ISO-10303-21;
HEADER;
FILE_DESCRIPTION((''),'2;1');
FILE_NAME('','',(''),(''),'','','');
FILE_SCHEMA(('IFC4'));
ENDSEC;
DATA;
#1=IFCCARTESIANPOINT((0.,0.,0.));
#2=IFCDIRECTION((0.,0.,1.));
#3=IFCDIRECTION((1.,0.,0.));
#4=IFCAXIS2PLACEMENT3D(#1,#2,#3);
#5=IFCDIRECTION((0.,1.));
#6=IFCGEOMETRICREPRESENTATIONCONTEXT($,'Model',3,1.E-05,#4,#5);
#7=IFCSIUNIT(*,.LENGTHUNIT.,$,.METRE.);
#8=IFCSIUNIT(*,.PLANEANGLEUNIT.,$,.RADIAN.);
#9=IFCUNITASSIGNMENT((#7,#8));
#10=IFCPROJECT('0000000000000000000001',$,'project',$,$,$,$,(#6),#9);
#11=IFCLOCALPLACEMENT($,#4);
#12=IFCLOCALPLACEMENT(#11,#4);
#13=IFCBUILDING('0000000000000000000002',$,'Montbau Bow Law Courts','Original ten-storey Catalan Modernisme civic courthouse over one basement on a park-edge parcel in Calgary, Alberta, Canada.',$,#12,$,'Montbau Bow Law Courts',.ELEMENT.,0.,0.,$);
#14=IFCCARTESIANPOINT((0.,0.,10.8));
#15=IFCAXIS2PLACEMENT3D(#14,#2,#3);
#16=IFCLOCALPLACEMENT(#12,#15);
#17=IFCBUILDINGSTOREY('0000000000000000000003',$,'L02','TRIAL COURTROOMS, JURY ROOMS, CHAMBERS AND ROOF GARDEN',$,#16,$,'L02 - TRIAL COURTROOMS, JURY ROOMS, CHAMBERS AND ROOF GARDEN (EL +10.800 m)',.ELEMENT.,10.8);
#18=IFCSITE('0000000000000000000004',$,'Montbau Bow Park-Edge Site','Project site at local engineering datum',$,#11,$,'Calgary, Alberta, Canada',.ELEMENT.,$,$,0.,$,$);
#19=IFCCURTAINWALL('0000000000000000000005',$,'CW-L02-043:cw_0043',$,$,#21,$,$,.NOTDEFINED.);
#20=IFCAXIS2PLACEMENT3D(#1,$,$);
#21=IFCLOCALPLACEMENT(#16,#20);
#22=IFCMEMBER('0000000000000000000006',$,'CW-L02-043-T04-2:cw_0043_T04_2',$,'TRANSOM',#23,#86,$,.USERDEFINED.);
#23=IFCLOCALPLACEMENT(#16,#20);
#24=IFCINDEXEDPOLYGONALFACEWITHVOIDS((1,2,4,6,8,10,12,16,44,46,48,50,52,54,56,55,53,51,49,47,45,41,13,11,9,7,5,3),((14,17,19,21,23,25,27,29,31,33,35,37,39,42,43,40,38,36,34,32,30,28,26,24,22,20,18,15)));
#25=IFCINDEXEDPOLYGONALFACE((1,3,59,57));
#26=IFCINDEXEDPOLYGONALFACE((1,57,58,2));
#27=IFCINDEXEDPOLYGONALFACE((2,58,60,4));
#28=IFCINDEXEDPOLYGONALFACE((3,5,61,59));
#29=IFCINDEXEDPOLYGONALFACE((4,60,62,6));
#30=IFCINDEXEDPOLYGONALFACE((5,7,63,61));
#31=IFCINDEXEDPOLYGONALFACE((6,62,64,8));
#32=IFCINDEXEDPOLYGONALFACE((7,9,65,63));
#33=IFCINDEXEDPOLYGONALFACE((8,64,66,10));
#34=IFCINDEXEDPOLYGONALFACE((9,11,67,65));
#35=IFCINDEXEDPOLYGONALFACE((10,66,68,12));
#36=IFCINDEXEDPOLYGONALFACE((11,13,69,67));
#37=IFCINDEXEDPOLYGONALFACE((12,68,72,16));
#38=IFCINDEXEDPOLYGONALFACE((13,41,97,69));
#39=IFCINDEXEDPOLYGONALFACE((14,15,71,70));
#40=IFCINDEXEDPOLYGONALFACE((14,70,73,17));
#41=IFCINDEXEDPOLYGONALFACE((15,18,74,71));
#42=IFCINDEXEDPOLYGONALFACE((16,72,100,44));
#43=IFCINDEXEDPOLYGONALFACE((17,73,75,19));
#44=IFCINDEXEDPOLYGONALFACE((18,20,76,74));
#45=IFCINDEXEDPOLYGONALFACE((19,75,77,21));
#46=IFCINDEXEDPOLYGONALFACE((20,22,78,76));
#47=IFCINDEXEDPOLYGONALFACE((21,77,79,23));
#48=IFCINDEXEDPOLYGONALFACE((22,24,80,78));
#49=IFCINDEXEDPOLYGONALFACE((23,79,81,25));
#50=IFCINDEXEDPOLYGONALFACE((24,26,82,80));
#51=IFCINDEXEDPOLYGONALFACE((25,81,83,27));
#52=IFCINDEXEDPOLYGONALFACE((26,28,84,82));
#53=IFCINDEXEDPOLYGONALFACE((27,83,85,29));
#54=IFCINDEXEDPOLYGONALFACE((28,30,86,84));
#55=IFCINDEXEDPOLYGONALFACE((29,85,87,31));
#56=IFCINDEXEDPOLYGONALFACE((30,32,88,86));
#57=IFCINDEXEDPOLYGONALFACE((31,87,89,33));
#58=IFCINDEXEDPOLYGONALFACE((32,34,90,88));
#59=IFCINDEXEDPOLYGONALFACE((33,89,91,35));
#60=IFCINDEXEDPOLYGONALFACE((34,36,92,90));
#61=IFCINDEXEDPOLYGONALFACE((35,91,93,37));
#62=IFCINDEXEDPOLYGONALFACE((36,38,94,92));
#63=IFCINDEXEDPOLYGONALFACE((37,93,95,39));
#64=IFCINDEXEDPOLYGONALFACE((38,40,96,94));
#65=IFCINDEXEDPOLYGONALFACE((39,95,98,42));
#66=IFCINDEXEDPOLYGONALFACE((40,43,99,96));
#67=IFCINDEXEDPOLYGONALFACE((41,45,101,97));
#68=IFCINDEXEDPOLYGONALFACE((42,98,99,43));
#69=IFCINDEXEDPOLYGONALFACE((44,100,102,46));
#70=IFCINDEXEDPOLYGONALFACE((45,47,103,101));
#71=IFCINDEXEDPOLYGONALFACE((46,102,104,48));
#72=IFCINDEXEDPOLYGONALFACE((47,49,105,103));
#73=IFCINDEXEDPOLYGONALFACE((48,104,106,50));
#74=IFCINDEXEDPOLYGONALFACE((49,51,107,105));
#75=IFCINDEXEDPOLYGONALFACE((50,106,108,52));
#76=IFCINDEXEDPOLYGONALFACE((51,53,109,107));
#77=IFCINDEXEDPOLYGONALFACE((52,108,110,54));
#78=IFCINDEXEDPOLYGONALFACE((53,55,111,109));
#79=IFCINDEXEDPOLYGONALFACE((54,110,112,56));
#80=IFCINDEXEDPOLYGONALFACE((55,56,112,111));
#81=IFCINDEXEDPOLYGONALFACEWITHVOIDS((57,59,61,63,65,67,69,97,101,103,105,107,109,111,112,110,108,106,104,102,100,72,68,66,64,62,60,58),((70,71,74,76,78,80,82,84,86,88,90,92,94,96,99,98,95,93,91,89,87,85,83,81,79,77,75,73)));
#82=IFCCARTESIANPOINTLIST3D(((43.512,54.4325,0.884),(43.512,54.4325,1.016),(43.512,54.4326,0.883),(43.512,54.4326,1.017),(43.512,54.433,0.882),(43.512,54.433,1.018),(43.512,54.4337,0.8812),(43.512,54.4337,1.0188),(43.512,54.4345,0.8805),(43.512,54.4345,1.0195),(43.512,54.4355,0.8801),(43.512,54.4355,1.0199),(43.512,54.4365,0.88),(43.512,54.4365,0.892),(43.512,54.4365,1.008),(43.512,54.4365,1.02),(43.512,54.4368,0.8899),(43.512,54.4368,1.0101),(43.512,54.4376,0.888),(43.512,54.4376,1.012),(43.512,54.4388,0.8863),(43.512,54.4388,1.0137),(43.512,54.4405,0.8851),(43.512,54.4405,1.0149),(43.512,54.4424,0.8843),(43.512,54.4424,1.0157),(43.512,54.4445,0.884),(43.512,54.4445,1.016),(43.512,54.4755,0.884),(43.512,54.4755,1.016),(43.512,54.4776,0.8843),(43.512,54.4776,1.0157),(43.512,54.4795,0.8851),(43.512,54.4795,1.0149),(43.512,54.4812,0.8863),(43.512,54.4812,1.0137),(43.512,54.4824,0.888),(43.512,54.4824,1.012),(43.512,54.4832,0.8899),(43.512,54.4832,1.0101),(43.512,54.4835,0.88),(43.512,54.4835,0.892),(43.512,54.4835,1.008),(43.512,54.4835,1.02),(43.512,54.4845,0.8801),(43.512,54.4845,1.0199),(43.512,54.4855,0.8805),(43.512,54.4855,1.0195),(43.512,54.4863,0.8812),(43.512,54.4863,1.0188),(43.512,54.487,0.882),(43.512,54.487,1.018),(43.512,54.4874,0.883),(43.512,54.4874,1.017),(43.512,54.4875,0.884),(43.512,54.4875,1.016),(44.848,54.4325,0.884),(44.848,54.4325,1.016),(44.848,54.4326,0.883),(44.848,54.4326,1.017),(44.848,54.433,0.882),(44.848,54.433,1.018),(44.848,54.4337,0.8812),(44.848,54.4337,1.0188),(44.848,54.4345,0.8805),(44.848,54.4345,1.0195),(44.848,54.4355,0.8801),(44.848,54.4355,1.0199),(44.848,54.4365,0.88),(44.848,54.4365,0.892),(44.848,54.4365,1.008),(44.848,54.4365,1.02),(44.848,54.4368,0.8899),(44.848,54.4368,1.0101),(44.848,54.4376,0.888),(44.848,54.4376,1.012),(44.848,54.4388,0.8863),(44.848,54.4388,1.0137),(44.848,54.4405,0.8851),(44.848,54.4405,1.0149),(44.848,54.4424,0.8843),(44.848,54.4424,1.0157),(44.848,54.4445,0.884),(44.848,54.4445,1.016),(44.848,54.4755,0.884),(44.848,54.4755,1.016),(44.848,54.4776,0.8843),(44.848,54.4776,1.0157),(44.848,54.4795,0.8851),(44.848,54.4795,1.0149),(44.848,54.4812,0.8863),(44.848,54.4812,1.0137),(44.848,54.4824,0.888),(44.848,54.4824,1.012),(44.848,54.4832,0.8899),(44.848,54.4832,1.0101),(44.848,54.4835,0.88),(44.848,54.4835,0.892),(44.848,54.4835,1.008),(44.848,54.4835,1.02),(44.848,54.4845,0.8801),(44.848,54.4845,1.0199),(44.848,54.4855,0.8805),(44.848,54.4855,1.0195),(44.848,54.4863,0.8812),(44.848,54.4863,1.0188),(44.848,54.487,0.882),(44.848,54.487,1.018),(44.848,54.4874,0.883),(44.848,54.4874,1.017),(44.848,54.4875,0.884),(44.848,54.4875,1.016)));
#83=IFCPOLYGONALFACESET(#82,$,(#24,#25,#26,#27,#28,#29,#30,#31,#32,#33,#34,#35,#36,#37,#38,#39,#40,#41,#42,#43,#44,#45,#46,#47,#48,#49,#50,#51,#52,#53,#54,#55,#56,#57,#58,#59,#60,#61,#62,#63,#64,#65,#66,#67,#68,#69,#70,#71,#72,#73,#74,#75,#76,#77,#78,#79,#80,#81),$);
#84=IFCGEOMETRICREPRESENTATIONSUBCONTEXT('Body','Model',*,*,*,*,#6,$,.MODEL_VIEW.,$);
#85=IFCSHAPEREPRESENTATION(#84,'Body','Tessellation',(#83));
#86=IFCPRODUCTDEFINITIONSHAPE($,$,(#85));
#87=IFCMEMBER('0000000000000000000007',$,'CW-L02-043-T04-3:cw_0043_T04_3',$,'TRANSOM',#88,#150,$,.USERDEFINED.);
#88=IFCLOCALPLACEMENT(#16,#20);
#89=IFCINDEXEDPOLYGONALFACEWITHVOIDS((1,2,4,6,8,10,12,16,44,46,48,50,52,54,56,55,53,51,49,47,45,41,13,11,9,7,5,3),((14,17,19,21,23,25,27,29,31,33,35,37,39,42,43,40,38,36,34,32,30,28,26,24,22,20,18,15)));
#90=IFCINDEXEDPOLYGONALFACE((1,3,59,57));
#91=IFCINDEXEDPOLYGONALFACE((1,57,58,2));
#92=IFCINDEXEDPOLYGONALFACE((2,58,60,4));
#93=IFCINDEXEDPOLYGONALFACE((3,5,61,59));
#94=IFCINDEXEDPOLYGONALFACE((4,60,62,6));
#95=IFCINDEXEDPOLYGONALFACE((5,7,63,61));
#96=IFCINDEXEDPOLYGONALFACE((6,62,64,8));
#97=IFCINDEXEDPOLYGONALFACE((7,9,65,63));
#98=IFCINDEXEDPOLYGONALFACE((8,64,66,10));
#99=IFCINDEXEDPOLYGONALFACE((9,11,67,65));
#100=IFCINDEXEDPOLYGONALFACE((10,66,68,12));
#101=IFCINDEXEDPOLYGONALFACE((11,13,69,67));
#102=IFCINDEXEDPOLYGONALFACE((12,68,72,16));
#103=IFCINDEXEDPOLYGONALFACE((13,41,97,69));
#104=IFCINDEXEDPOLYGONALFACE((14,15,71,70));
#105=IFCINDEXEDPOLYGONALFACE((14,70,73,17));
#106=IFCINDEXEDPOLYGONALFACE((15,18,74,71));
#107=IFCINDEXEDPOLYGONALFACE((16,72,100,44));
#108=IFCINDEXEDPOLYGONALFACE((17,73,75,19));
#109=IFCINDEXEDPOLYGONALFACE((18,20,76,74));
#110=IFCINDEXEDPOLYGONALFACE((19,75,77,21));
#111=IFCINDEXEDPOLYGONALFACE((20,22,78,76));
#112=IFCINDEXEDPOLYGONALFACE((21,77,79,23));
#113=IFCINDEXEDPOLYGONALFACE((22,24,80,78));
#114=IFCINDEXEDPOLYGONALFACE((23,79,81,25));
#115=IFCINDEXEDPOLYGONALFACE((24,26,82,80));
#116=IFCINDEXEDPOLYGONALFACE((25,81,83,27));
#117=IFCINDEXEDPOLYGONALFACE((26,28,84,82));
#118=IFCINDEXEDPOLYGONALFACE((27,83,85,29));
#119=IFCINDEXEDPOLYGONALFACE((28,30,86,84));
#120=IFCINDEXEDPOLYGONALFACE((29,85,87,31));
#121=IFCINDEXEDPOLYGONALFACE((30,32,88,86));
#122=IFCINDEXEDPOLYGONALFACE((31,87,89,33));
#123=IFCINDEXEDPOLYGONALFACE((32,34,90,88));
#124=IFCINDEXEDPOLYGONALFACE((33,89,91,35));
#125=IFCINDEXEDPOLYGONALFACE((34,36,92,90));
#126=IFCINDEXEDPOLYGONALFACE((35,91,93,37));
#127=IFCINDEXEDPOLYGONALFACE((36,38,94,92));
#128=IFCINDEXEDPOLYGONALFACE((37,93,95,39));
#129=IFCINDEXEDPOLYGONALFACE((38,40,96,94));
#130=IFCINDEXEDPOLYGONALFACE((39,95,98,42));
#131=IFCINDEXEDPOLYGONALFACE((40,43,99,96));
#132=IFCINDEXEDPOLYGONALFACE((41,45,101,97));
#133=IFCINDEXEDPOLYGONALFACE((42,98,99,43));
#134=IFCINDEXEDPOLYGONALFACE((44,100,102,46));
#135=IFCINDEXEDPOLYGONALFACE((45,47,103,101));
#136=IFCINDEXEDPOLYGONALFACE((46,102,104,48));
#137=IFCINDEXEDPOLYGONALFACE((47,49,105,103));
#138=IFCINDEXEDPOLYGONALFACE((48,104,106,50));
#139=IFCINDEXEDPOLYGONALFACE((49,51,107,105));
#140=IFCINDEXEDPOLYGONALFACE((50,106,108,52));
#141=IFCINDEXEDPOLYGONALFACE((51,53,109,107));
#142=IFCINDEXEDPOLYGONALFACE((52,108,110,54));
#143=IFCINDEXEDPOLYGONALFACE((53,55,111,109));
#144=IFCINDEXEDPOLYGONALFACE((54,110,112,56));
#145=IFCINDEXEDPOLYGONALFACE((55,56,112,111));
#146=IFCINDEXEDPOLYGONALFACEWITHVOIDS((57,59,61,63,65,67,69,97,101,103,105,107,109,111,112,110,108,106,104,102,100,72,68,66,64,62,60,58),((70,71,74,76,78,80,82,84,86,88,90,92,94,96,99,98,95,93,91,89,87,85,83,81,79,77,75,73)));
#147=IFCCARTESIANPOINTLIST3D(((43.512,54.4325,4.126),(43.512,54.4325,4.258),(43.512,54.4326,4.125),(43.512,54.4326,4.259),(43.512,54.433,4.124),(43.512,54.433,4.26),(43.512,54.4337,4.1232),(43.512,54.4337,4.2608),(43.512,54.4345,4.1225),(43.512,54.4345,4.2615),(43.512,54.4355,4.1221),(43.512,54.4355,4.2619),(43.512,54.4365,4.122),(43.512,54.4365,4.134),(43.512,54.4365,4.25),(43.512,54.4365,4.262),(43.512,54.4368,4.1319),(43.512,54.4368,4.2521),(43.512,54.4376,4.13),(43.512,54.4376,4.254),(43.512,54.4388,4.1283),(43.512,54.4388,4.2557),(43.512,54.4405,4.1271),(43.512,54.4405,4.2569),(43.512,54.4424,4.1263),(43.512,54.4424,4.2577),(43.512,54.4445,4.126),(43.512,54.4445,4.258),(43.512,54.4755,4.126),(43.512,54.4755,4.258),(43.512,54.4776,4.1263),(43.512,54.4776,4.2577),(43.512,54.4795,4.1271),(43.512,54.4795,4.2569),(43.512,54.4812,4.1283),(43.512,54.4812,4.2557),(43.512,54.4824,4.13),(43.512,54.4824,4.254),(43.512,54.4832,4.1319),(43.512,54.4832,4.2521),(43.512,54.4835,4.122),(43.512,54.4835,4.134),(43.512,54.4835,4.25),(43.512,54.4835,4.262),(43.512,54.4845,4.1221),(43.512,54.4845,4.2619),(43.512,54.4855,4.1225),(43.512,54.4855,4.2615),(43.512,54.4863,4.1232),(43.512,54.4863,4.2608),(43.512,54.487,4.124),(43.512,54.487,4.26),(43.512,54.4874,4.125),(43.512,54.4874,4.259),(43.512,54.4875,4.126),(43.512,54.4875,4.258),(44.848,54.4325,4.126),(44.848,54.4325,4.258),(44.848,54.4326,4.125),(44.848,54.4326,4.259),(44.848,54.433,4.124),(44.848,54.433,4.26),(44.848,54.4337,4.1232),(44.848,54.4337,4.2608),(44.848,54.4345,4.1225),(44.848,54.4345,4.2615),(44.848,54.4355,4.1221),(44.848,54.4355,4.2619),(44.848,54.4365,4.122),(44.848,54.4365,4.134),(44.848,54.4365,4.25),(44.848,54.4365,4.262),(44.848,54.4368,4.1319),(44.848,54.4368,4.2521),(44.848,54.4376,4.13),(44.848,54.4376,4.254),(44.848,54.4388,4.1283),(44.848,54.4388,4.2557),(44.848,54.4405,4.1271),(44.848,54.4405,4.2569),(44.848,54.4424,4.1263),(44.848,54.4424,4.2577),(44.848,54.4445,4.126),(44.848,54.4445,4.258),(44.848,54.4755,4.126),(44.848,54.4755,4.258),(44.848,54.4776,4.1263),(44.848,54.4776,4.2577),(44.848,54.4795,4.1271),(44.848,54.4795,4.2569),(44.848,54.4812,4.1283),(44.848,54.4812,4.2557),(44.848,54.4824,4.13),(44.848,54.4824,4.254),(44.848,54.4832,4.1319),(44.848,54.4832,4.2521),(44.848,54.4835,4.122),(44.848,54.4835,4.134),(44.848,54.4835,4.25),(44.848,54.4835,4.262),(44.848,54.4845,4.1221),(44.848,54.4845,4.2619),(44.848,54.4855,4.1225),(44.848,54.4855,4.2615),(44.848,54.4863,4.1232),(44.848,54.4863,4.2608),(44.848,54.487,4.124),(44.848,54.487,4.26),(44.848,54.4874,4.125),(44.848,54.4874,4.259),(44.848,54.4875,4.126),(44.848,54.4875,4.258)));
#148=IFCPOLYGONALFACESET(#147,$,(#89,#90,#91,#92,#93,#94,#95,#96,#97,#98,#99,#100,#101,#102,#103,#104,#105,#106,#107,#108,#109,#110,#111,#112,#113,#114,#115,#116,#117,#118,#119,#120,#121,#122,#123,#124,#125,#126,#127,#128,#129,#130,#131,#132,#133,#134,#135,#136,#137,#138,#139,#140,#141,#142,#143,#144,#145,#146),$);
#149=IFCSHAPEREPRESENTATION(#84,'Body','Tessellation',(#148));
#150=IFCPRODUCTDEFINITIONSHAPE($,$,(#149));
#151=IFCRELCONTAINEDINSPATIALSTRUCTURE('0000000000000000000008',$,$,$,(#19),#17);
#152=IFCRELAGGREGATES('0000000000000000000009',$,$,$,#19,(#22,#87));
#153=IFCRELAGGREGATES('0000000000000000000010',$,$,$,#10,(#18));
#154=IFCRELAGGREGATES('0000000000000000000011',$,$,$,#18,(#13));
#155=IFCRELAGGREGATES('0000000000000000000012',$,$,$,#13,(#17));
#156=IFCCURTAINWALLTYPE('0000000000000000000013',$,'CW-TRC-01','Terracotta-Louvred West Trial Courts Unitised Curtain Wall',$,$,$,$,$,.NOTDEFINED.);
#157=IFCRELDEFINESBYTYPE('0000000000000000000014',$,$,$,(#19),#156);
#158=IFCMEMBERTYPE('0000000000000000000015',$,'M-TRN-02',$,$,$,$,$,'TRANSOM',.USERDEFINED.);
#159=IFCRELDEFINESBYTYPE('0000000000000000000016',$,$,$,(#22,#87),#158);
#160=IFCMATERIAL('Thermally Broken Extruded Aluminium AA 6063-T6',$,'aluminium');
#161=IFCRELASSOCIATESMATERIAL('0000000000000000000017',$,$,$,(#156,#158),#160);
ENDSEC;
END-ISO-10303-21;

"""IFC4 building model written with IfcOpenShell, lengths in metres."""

from ifc_helpers import new_model, si_unit, direction, frame, origin_with_axes, origin_2d_with_axis, place, context, subcontext, project, spatial, hollow_rectangle, extrude, material, material_profile, profile_set, type_object, element, aggregate, save


model = new_model("IFC4")

# Units and contexts
model_context = context("Model", 3, precision=1e-05, world=origin_with_axes(), true_north=direction((0.0, 1.0)))
body_context = subcontext(model_context, "Body", "Model", "MODEL_VIEW")
ifc_project = project(units=[si_unit("LENGTHUNIT", "METRE"), si_unit("PLANEANGLEUNIT", "RADIAN")], contexts=[model_context])

# Site, building, storey
site_placement = place(None, origin_with_axes())
site = spatial("IfcSite", under=ifc_project, at=site_placement, Name="Montbau Bow Park-Edge Site", Description="Project site at local engineering datum", LongName="Calgary, Alberta, Canada", CompositionType="ELEMENT", RefElevation=0.0)
building_placement = place(site_placement, origin_with_axes())
building = spatial("IfcBuilding", under=site, at=building_placement, Name="Montbau Bow Law Courts", Description="Original ten-storey Catalan Modernisme civic courthouse over one basement on a park-edge parcel in Calgary, Alberta, Canada.", LongName="Montbau Bow Law Courts", CompositionType="ELEMENT", ElevationOfRefHeight=0.0, ElevationOfTerrain=0.0)
storey_placement = place(building_placement, frame((0.0, 0.0, 10.8), z_axis=(0.0, 0.0, 1.0), x_axis=(1.0, 0.0, 0.0)))
storey = spatial("IfcBuildingStorey", under=building, at=storey_placement, Name="L02", Description="TRIAL COURTROOMS, JURY ROOMS, CHAMBERS AND ROOF GARDEN", LongName="L02 - TRIAL COURTROOMS, JURY ROOMS, CHAMBERS AND ROOF GARDEN (EL +10.800 m)", CompositionType="ELEMENT", Elevation=10.8)

# Curtain wall, members
ifc_material_1 = material(Name="Thermally Broken Extruded Aluminium AA 6063-T6", Category="aluminium")
curtain_wall_type = type_object("IfcCurtainWallType", Name="CW-TRC-01", Description="Terracotta-Louvred West Trial Courts Unitised Curtain Wall", PredefinedType="NOTDEFINED", material=ifc_material_1)
curtain_wall_placement = place(None, frame((39.268, 54.46, 10.8), z_axis=(0.0, 0.0, 1.0), x_axis=(1.0, 0.0, 0.0)))
curtain_wall = element("IfcCurtainWall", 1, at=curtain_wall_placement, inside=storey, type_object=curtain_wall_type, Name="CW-L02-043:cw_0043", PredefinedType="NOTDEFINED")
ifc_material_profile_1 = material_profile(ifc_material_1, hollow_rectangle(XDim=0.055, YDim=0.14, WallThickness=0.004, InnerFilletRadius=0.008, OuterFilletRadius=0.004, at=origin_2d_with_axis()), Name="CWT-140X55", Category="Main", Priority=0)
ifc_profile_set_1 = profile_set([ifc_material_profile_1], Name="Thermally Broken Extruded Aluminium AA 6063-T6")
member_type_1 = type_object("IfcMemberType", Name="M-TRN-02", ElementType="TRANSOM", PredefinedType="USERDEFINED", material=ifc_profile_set_1)
member_1_placement = place(None, frame((43.512, 54.46, 11.75), z_axis=(1.0, 0.0, 0.0), x_axis=(0.0, 1.0, 0.0)))
member_1 = element("IfcMember", 2, at=member_1_placement, type_object=member_type_1, Name="CW-L02-043-T04-2:cw_0043_T04_2", ObjectType="TRANSOM", PredefinedType="USERDEFINED", context=body_context, shape_type="SweptSolid", body=[
    extrude(hollow_rectangle(XDim=0.055, YDim=0.14, WallThickness=0.004, InnerFilletRadius=0.008, OuterFilletRadius=0.004, at=origin_2d_with_axis()), origin_with_axes(), (0.0, 0.0, 1.0), 1.336),
])
member_2_placement = place(None, frame((43.512, 54.46, 14.992), z_axis=(1.0, 0.0, 0.0), x_axis=(0.0, 1.0, 0.0)))
member_2 = element("IfcMember", 3, at=member_2_placement, type_object=member_type_1, Name="CW-L02-043-T04-3:cw_0043_T04_3", ObjectType="TRANSOM", PredefinedType="USERDEFINED", context=body_context, shape_type="SweptSolid", body=[
    extrude(hollow_rectangle(XDim=0.055, YDim=0.14, WallThickness=0.004, InnerFilletRadius=0.008, OuterFilletRadius=0.004, at=origin_2d_with_axis()), origin_with_axes(), (0.0, 0.0, 1.0), 1.336),
])
aggregate(curtain_wall, [member_1, member_2])

save(model, "model.ifc")
